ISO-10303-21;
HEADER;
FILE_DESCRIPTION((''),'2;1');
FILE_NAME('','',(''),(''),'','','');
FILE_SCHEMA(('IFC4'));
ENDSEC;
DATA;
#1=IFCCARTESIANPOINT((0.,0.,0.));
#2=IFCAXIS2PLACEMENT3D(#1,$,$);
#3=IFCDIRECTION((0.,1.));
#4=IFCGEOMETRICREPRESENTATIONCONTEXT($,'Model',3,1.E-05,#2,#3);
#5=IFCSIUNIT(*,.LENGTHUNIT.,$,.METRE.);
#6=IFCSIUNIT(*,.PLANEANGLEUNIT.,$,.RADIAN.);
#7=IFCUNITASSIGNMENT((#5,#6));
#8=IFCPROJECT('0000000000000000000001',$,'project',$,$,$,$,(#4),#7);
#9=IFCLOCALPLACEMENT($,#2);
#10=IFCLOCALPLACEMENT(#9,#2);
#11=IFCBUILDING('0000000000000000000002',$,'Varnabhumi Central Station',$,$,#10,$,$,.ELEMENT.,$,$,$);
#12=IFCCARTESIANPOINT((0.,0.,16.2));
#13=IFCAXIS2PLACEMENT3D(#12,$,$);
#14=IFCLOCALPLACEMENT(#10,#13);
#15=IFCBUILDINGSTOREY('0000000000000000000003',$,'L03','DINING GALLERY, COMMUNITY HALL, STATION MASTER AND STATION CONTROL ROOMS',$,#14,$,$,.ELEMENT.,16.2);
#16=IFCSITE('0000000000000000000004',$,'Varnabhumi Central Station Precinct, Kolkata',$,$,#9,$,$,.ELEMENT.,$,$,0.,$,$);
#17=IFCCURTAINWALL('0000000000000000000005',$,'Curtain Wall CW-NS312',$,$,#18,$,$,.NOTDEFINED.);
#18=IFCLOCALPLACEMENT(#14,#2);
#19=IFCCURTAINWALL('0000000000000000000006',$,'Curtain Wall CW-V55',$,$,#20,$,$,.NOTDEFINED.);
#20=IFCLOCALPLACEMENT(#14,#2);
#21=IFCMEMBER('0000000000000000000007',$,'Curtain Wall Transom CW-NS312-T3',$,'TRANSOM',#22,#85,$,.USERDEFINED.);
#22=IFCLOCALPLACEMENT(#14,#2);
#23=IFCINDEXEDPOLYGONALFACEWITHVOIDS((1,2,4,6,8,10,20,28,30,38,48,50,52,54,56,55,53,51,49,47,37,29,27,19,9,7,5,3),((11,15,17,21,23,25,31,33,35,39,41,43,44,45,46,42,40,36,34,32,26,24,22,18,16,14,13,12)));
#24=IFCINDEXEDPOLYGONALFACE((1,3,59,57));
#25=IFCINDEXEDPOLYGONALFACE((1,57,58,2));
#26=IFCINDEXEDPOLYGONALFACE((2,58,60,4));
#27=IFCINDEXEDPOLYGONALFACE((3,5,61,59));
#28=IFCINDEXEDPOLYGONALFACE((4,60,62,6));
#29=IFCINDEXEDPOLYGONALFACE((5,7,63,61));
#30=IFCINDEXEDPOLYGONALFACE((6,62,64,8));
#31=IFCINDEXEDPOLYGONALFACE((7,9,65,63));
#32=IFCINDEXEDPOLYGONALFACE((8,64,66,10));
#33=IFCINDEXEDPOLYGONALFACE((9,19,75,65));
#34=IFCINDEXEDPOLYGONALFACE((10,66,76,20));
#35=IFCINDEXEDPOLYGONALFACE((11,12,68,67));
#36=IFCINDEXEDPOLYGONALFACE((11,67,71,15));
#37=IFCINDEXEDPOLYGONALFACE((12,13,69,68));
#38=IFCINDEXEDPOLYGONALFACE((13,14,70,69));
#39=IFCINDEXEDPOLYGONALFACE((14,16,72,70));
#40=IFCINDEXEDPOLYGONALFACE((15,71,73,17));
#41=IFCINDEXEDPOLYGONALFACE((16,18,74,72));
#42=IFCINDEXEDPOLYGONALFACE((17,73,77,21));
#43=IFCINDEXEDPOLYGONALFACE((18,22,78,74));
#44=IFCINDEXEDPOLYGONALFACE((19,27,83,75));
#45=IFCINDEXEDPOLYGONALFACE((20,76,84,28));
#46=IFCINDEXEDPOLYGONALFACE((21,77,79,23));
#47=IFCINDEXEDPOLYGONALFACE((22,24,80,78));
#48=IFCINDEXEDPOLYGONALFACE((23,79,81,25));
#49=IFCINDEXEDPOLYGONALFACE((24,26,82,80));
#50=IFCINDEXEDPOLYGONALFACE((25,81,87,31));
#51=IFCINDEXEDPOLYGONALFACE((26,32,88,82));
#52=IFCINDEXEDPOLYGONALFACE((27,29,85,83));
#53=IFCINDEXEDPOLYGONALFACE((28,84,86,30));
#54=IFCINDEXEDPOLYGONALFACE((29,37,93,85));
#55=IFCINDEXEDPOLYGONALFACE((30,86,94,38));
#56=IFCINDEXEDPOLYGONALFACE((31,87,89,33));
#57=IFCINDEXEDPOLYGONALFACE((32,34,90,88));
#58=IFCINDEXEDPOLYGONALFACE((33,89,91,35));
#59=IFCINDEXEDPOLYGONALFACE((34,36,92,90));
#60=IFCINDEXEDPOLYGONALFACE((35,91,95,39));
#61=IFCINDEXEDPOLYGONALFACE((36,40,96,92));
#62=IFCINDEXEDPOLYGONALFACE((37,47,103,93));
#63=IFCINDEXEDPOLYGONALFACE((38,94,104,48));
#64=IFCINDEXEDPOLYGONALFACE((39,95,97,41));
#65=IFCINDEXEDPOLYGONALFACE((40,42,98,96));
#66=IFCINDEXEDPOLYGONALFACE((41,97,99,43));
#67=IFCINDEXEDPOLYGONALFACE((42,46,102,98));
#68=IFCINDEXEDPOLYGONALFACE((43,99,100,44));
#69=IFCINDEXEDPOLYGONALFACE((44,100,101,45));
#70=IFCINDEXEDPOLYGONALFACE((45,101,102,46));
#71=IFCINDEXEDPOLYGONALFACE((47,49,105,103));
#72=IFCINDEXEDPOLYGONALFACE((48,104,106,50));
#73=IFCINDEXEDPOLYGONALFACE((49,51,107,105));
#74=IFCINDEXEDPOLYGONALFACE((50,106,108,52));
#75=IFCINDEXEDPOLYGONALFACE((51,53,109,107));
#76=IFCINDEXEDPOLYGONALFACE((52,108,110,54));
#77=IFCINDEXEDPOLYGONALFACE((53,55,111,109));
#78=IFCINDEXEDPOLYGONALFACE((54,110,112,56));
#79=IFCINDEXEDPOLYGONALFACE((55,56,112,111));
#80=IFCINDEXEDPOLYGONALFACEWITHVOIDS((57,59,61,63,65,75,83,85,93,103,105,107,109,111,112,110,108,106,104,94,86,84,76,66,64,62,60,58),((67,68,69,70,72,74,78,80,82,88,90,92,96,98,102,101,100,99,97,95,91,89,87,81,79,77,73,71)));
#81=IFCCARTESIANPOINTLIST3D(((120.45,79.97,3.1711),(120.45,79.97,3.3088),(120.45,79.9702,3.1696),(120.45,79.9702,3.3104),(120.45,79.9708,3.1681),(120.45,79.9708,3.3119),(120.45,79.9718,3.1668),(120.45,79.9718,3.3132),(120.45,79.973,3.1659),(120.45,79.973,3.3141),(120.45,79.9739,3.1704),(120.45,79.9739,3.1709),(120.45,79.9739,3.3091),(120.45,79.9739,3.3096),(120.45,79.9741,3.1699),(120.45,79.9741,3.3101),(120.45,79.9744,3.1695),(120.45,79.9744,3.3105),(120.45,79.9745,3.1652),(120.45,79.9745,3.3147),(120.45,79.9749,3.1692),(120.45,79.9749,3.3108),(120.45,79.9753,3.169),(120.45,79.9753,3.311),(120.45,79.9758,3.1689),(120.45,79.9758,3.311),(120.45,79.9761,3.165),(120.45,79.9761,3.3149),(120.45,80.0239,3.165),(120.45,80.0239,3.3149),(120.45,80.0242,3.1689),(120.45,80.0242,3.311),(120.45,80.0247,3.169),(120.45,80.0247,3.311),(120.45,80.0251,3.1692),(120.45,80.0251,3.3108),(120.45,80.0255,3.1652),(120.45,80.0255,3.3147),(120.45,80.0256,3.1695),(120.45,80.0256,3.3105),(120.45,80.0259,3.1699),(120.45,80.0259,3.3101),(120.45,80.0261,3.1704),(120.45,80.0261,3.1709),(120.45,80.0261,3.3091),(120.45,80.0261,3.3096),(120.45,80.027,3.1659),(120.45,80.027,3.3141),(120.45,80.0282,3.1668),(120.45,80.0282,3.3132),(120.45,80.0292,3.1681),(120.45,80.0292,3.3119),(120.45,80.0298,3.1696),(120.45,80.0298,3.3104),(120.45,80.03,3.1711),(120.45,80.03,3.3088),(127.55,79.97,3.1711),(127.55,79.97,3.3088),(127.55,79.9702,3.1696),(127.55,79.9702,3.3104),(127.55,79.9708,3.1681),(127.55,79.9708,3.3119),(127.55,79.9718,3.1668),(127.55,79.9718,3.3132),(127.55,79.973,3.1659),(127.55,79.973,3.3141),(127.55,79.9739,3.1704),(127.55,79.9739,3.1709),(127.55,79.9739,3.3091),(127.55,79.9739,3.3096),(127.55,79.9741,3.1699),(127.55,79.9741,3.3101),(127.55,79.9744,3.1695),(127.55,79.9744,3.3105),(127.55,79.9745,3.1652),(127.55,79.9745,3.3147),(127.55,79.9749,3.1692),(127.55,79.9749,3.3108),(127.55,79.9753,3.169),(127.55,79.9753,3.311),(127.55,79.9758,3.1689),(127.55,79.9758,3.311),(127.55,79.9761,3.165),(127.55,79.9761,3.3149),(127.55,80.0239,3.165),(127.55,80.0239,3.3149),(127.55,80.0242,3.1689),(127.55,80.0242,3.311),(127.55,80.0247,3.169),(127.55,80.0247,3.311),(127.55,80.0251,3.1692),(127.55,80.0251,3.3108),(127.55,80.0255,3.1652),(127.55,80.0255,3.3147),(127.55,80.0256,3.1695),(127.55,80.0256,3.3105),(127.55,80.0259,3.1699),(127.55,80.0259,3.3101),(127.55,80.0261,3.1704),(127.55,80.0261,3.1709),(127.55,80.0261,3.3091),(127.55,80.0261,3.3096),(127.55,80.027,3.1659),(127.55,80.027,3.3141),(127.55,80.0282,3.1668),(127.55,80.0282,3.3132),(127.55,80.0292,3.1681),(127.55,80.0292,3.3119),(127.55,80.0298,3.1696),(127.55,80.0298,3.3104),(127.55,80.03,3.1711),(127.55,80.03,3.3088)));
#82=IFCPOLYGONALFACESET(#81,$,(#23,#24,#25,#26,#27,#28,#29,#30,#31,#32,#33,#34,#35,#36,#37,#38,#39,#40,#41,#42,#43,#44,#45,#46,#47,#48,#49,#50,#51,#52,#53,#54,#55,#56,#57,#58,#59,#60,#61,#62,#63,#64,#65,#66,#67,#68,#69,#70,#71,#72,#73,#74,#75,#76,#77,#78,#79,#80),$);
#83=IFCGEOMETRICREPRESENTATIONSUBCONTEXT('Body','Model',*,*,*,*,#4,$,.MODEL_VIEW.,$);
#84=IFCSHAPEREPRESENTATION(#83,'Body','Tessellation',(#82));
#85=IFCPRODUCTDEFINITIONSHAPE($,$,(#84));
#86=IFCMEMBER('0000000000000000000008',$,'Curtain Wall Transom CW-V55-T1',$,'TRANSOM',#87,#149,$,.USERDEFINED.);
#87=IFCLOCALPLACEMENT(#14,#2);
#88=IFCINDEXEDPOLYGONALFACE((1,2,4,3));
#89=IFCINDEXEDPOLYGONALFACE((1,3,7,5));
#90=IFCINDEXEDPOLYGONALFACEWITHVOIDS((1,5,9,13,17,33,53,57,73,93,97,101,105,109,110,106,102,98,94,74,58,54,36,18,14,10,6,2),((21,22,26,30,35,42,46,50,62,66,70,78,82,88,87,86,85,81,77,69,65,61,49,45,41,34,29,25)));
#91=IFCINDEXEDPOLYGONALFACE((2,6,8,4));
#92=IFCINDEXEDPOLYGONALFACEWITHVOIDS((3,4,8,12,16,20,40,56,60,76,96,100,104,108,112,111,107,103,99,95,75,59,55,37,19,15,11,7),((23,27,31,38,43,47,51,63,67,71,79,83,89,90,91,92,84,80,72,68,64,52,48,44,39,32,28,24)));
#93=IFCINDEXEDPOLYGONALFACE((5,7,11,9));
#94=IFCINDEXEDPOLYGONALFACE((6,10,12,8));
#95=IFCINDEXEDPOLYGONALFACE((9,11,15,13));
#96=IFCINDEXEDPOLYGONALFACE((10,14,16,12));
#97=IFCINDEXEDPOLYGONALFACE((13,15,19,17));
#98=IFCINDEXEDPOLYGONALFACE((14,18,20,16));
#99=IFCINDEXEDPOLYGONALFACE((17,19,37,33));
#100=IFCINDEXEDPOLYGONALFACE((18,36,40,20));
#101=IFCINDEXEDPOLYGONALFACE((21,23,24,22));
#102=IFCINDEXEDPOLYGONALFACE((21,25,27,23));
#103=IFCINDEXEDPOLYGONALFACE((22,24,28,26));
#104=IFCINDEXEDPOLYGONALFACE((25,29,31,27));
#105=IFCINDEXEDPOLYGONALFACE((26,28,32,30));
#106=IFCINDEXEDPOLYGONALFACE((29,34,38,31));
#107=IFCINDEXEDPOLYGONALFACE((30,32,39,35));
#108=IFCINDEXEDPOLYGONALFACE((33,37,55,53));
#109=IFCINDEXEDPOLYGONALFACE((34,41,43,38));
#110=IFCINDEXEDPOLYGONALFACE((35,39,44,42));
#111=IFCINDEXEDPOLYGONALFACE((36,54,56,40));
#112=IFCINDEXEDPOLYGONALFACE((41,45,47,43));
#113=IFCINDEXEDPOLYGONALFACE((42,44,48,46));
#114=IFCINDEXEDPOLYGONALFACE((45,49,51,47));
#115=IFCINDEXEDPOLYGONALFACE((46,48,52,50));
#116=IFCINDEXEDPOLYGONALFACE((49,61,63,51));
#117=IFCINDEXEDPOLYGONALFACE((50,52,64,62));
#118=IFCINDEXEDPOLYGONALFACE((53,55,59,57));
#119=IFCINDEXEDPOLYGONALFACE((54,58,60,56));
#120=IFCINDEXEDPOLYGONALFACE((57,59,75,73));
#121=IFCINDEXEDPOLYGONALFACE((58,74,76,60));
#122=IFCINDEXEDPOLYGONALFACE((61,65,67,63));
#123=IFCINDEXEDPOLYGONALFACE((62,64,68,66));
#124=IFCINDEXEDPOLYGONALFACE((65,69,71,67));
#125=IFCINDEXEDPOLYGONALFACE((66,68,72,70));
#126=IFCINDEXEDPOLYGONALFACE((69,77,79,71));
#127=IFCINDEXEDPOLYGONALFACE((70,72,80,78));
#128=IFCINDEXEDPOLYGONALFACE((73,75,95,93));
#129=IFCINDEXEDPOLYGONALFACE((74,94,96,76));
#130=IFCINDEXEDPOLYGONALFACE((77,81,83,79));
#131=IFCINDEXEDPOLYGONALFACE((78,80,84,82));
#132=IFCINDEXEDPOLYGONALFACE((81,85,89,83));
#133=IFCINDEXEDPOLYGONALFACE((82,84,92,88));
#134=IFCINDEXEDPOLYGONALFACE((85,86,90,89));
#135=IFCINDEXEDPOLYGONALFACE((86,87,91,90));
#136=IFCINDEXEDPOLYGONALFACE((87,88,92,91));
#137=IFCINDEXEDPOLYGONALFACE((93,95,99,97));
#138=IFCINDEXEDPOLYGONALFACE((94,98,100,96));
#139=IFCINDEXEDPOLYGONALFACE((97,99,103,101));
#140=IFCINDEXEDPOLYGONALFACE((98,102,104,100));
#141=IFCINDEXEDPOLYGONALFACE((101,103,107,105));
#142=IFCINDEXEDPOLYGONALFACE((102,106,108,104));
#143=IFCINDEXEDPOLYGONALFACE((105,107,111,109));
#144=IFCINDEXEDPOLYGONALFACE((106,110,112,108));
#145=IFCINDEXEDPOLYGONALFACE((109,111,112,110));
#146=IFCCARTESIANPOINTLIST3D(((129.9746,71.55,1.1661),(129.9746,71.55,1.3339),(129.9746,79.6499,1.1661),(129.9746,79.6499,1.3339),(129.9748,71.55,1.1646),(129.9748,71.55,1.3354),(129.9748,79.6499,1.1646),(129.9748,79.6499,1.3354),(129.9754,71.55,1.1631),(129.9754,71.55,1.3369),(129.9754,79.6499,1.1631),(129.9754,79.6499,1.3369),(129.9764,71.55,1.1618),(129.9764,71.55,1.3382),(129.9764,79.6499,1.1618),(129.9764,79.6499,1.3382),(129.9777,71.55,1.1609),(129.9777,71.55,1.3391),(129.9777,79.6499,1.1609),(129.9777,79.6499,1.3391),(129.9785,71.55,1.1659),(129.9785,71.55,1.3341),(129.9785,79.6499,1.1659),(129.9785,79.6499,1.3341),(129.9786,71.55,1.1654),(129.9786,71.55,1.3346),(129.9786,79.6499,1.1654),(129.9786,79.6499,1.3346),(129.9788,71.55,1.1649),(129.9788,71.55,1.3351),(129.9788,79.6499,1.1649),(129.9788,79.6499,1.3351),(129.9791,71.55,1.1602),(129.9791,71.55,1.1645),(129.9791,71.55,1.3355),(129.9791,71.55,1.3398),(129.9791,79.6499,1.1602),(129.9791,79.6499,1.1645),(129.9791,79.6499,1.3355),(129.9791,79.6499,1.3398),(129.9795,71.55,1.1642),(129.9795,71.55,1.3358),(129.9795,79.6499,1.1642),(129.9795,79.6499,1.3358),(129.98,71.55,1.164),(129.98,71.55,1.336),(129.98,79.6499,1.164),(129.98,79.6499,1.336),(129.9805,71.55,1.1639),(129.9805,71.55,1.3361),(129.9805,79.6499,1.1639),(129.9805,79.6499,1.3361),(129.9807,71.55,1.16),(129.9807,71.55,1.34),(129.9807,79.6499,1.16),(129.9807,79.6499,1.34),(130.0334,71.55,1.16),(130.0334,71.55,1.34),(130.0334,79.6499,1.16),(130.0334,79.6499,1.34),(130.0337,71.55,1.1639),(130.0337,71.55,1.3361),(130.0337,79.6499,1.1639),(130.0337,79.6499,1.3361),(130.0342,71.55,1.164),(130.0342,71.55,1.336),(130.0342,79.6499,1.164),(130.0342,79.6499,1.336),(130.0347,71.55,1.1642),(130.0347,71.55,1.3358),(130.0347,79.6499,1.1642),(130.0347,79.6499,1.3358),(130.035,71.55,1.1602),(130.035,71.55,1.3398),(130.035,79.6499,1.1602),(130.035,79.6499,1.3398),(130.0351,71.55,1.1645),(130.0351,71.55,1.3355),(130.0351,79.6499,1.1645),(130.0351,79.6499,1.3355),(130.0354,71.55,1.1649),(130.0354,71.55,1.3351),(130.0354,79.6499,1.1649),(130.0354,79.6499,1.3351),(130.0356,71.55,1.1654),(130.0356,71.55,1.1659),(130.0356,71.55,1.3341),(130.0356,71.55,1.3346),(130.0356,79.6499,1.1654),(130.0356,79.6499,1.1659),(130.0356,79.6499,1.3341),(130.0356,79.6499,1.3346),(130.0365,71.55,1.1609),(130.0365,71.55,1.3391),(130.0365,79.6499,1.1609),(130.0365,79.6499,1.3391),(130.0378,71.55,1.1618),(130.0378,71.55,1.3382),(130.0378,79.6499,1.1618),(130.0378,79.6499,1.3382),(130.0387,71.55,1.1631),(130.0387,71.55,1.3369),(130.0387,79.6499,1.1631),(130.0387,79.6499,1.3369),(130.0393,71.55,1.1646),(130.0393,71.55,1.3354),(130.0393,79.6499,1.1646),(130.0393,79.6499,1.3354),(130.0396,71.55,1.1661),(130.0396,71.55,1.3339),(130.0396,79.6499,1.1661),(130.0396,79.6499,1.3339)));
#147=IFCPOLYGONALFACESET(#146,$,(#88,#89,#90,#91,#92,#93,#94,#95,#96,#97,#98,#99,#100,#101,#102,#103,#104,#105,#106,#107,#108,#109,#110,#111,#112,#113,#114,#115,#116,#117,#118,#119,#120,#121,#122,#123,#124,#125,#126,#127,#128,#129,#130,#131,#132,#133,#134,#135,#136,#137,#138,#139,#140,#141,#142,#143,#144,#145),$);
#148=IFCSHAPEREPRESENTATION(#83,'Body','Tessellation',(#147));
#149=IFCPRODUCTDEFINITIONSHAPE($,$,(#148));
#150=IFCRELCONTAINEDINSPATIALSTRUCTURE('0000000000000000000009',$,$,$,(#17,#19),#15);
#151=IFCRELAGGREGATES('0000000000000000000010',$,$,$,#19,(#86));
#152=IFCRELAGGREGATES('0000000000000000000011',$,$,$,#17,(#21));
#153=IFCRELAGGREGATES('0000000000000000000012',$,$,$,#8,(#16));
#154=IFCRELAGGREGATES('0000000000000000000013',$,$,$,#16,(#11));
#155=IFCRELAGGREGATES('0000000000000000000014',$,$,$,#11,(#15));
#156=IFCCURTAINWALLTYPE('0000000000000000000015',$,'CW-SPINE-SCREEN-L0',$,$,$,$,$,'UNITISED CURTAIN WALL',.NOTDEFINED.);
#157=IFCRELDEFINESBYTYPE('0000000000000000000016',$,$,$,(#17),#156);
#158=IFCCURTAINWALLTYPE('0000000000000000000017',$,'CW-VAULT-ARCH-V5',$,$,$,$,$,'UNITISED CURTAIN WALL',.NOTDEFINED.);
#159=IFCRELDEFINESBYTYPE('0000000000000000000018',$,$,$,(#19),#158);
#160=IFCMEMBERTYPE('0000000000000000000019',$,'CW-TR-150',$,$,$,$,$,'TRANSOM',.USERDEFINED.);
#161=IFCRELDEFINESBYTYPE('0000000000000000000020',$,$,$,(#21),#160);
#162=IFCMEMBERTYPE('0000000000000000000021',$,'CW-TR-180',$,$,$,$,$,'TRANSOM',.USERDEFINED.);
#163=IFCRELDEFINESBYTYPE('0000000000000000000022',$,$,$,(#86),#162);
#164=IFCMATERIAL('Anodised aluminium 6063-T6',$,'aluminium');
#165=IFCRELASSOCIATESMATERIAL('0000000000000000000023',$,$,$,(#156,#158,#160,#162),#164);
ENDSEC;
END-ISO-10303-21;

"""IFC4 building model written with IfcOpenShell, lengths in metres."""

from ifc_helpers import new_model, si_unit, direction, frame, origin, origin_2d, place, context, subcontext, project, spatial, hollow_rectangle, extrude, material, material_profile, profile_set, type_object, element, aggregate, save


model = new_model("IFC4")

# Units and contexts
model_context = context("Model", 3, precision=1e-05, world=origin(), true_north=direction((0.0, 1.0)))
body_context = subcontext(model_context, "Body", "Model", "MODEL_VIEW")
ifc_project = project(units=[si_unit("LENGTHUNIT", "METRE"), si_unit("PLANEANGLEUNIT", "RADIAN")], contexts=[model_context])

# Site, building, storey
site_placement = place(None, origin())
site = spatial("IfcSite", under=ifc_project, at=site_placement, Name="Varnabhumi Central Station Precinct, Kolkata", CompositionType="ELEMENT", RefElevation=0.0)
building_placement = place(site_placement, origin())
building = spatial("IfcBuilding", under=site, at=building_placement, Name="Varnabhumi Central Station", CompositionType="ELEMENT")
storey_placement = place(building_placement, frame((0.0, 0.0, 16.2)))
storey = spatial("IfcBuildingStorey", under=building, at=storey_placement, Name="L03", Description="DINING GALLERY, COMMUNITY HALL, STATION MASTER AND STATION CONTROL ROOMS", CompositionType="ELEMENT", Elevation=16.2)

# Shared definitions
ifc_material_1 = material(Name="Anodised aluminium 6063-T6", Category="aluminium")
curtain_wall_type_1 = type_object("IfcCurtainWallType", Name="CW-SPINE-SCREEN-L0", ElementType="UNITISED CURTAIN WALL", PredefinedType="NOTDEFINED", material=ifc_material_1)

# Curtain wall
curtain_wall_1_placement = place(storey_placement, origin())
curtain_wall_1 = element("IfcCurtainWall", 1, at=curtain_wall_1_placement, inside=storey, type_object=curtain_wall_type_1, Name="Curtain Wall CW-NS312", PredefinedType="NOTDEFINED")

# Curtain wall
curtain_wall_type_2 = type_object("IfcCurtainWallType", Name="CW-VAULT-ARCH-V5", ElementType="UNITISED CURTAIN WALL", PredefinedType="NOTDEFINED", material=ifc_material_1)
curtain_wall_2_placement = place(storey_placement, origin())
curtain_wall_2 = element("IfcCurtainWall", 2, at=curtain_wall_2_placement, inside=storey, type_object=curtain_wall_type_2, Name="Curtain Wall CW-V55", PredefinedType="NOTDEFINED")

# Members
ifc_material_profile_1 = material_profile(ifc_material_1, hollow_rectangle(XDim=0.0601, YDim=0.1499, WallThickness=0.0039, InnerFilletRadius=0.002, OuterFilletRadius=0.0061, at=origin_2d()), Name="Anodised aluminium 6063-T6", Category="aluminium")
ifc_profile_set_1 = profile_set([ifc_material_profile_1], Name="Anodised aluminium 6063-T6")
member_type_1 = type_object("IfcMemberType", Name="CW-TR-150", ElementType="TRANSOM", PredefinedType="USERDEFINED", material=ifc_profile_set_1)
member_1_placement = place(storey_placement, frame((120.45, 80.0, 3.24), z_axis=(1.0, 0.0, 0.0), x_axis=(0.0, 1.0, 0.0)))
member_1 = element("IfcMember", 3, at=member_1_placement, type_object=member_type_1, Name="Curtain Wall Transom CW-NS312-T3", ObjectType="TRANSOM", PredefinedType="USERDEFINED", context=body_context, shape_type="SweptSolid", body=[
    extrude(hollow_rectangle(XDim=0.0601, YDim=0.1499, WallThickness=0.0039, InnerFilletRadius=0.002, OuterFilletRadius=0.0061, at=origin_2d()), origin(), (0.0, 0.0, 1.0), 7.1001),
])
ifc_material_profile_2 = material_profile(ifc_material_1, hollow_rectangle(XDim=0.0649, YDim=0.1799, WallThickness=0.0039, InnerFilletRadius=0.002, OuterFilletRadius=0.0061, at=origin_2d()), Name="Anodised aluminium 6063-T6", Category="aluminium")
ifc_profile_set_2 = profile_set([ifc_material_profile_2], Name="Anodised aluminium 6063-T6")
member_type_2 = type_object("IfcMemberType", Name="CW-TR-180", ElementType="TRANSOM", PredefinedType="USERDEFINED", material=ifc_profile_set_2)
member_2_placement = place(storey_placement, frame((130.0071, 71.55, 1.25), z_axis=(0.0, 1.0, 0.0), x_axis=(-1.0, 0.0, 0.0)))
member_2 = element("IfcMember", 4, at=member_2_placement, type_object=member_type_2, Name="Curtain Wall Transom CW-V55-T1", ObjectType="TRANSOM", PredefinedType="USERDEFINED", context=body_context, shape_type="SweptSolid", body=[
    extrude(hollow_rectangle(XDim=0.0649, YDim=0.1799, WallThickness=0.0039, InnerFilletRadius=0.002, OuterFilletRadius=0.0061, at=origin_2d()), origin(), (0.0, 0.0, 1.0), 8.0999),
])

aggregate(curtain_wall_2, [member_2])
aggregate(curtain_wall_1, [member_1])

save(model, "model.ifc")
